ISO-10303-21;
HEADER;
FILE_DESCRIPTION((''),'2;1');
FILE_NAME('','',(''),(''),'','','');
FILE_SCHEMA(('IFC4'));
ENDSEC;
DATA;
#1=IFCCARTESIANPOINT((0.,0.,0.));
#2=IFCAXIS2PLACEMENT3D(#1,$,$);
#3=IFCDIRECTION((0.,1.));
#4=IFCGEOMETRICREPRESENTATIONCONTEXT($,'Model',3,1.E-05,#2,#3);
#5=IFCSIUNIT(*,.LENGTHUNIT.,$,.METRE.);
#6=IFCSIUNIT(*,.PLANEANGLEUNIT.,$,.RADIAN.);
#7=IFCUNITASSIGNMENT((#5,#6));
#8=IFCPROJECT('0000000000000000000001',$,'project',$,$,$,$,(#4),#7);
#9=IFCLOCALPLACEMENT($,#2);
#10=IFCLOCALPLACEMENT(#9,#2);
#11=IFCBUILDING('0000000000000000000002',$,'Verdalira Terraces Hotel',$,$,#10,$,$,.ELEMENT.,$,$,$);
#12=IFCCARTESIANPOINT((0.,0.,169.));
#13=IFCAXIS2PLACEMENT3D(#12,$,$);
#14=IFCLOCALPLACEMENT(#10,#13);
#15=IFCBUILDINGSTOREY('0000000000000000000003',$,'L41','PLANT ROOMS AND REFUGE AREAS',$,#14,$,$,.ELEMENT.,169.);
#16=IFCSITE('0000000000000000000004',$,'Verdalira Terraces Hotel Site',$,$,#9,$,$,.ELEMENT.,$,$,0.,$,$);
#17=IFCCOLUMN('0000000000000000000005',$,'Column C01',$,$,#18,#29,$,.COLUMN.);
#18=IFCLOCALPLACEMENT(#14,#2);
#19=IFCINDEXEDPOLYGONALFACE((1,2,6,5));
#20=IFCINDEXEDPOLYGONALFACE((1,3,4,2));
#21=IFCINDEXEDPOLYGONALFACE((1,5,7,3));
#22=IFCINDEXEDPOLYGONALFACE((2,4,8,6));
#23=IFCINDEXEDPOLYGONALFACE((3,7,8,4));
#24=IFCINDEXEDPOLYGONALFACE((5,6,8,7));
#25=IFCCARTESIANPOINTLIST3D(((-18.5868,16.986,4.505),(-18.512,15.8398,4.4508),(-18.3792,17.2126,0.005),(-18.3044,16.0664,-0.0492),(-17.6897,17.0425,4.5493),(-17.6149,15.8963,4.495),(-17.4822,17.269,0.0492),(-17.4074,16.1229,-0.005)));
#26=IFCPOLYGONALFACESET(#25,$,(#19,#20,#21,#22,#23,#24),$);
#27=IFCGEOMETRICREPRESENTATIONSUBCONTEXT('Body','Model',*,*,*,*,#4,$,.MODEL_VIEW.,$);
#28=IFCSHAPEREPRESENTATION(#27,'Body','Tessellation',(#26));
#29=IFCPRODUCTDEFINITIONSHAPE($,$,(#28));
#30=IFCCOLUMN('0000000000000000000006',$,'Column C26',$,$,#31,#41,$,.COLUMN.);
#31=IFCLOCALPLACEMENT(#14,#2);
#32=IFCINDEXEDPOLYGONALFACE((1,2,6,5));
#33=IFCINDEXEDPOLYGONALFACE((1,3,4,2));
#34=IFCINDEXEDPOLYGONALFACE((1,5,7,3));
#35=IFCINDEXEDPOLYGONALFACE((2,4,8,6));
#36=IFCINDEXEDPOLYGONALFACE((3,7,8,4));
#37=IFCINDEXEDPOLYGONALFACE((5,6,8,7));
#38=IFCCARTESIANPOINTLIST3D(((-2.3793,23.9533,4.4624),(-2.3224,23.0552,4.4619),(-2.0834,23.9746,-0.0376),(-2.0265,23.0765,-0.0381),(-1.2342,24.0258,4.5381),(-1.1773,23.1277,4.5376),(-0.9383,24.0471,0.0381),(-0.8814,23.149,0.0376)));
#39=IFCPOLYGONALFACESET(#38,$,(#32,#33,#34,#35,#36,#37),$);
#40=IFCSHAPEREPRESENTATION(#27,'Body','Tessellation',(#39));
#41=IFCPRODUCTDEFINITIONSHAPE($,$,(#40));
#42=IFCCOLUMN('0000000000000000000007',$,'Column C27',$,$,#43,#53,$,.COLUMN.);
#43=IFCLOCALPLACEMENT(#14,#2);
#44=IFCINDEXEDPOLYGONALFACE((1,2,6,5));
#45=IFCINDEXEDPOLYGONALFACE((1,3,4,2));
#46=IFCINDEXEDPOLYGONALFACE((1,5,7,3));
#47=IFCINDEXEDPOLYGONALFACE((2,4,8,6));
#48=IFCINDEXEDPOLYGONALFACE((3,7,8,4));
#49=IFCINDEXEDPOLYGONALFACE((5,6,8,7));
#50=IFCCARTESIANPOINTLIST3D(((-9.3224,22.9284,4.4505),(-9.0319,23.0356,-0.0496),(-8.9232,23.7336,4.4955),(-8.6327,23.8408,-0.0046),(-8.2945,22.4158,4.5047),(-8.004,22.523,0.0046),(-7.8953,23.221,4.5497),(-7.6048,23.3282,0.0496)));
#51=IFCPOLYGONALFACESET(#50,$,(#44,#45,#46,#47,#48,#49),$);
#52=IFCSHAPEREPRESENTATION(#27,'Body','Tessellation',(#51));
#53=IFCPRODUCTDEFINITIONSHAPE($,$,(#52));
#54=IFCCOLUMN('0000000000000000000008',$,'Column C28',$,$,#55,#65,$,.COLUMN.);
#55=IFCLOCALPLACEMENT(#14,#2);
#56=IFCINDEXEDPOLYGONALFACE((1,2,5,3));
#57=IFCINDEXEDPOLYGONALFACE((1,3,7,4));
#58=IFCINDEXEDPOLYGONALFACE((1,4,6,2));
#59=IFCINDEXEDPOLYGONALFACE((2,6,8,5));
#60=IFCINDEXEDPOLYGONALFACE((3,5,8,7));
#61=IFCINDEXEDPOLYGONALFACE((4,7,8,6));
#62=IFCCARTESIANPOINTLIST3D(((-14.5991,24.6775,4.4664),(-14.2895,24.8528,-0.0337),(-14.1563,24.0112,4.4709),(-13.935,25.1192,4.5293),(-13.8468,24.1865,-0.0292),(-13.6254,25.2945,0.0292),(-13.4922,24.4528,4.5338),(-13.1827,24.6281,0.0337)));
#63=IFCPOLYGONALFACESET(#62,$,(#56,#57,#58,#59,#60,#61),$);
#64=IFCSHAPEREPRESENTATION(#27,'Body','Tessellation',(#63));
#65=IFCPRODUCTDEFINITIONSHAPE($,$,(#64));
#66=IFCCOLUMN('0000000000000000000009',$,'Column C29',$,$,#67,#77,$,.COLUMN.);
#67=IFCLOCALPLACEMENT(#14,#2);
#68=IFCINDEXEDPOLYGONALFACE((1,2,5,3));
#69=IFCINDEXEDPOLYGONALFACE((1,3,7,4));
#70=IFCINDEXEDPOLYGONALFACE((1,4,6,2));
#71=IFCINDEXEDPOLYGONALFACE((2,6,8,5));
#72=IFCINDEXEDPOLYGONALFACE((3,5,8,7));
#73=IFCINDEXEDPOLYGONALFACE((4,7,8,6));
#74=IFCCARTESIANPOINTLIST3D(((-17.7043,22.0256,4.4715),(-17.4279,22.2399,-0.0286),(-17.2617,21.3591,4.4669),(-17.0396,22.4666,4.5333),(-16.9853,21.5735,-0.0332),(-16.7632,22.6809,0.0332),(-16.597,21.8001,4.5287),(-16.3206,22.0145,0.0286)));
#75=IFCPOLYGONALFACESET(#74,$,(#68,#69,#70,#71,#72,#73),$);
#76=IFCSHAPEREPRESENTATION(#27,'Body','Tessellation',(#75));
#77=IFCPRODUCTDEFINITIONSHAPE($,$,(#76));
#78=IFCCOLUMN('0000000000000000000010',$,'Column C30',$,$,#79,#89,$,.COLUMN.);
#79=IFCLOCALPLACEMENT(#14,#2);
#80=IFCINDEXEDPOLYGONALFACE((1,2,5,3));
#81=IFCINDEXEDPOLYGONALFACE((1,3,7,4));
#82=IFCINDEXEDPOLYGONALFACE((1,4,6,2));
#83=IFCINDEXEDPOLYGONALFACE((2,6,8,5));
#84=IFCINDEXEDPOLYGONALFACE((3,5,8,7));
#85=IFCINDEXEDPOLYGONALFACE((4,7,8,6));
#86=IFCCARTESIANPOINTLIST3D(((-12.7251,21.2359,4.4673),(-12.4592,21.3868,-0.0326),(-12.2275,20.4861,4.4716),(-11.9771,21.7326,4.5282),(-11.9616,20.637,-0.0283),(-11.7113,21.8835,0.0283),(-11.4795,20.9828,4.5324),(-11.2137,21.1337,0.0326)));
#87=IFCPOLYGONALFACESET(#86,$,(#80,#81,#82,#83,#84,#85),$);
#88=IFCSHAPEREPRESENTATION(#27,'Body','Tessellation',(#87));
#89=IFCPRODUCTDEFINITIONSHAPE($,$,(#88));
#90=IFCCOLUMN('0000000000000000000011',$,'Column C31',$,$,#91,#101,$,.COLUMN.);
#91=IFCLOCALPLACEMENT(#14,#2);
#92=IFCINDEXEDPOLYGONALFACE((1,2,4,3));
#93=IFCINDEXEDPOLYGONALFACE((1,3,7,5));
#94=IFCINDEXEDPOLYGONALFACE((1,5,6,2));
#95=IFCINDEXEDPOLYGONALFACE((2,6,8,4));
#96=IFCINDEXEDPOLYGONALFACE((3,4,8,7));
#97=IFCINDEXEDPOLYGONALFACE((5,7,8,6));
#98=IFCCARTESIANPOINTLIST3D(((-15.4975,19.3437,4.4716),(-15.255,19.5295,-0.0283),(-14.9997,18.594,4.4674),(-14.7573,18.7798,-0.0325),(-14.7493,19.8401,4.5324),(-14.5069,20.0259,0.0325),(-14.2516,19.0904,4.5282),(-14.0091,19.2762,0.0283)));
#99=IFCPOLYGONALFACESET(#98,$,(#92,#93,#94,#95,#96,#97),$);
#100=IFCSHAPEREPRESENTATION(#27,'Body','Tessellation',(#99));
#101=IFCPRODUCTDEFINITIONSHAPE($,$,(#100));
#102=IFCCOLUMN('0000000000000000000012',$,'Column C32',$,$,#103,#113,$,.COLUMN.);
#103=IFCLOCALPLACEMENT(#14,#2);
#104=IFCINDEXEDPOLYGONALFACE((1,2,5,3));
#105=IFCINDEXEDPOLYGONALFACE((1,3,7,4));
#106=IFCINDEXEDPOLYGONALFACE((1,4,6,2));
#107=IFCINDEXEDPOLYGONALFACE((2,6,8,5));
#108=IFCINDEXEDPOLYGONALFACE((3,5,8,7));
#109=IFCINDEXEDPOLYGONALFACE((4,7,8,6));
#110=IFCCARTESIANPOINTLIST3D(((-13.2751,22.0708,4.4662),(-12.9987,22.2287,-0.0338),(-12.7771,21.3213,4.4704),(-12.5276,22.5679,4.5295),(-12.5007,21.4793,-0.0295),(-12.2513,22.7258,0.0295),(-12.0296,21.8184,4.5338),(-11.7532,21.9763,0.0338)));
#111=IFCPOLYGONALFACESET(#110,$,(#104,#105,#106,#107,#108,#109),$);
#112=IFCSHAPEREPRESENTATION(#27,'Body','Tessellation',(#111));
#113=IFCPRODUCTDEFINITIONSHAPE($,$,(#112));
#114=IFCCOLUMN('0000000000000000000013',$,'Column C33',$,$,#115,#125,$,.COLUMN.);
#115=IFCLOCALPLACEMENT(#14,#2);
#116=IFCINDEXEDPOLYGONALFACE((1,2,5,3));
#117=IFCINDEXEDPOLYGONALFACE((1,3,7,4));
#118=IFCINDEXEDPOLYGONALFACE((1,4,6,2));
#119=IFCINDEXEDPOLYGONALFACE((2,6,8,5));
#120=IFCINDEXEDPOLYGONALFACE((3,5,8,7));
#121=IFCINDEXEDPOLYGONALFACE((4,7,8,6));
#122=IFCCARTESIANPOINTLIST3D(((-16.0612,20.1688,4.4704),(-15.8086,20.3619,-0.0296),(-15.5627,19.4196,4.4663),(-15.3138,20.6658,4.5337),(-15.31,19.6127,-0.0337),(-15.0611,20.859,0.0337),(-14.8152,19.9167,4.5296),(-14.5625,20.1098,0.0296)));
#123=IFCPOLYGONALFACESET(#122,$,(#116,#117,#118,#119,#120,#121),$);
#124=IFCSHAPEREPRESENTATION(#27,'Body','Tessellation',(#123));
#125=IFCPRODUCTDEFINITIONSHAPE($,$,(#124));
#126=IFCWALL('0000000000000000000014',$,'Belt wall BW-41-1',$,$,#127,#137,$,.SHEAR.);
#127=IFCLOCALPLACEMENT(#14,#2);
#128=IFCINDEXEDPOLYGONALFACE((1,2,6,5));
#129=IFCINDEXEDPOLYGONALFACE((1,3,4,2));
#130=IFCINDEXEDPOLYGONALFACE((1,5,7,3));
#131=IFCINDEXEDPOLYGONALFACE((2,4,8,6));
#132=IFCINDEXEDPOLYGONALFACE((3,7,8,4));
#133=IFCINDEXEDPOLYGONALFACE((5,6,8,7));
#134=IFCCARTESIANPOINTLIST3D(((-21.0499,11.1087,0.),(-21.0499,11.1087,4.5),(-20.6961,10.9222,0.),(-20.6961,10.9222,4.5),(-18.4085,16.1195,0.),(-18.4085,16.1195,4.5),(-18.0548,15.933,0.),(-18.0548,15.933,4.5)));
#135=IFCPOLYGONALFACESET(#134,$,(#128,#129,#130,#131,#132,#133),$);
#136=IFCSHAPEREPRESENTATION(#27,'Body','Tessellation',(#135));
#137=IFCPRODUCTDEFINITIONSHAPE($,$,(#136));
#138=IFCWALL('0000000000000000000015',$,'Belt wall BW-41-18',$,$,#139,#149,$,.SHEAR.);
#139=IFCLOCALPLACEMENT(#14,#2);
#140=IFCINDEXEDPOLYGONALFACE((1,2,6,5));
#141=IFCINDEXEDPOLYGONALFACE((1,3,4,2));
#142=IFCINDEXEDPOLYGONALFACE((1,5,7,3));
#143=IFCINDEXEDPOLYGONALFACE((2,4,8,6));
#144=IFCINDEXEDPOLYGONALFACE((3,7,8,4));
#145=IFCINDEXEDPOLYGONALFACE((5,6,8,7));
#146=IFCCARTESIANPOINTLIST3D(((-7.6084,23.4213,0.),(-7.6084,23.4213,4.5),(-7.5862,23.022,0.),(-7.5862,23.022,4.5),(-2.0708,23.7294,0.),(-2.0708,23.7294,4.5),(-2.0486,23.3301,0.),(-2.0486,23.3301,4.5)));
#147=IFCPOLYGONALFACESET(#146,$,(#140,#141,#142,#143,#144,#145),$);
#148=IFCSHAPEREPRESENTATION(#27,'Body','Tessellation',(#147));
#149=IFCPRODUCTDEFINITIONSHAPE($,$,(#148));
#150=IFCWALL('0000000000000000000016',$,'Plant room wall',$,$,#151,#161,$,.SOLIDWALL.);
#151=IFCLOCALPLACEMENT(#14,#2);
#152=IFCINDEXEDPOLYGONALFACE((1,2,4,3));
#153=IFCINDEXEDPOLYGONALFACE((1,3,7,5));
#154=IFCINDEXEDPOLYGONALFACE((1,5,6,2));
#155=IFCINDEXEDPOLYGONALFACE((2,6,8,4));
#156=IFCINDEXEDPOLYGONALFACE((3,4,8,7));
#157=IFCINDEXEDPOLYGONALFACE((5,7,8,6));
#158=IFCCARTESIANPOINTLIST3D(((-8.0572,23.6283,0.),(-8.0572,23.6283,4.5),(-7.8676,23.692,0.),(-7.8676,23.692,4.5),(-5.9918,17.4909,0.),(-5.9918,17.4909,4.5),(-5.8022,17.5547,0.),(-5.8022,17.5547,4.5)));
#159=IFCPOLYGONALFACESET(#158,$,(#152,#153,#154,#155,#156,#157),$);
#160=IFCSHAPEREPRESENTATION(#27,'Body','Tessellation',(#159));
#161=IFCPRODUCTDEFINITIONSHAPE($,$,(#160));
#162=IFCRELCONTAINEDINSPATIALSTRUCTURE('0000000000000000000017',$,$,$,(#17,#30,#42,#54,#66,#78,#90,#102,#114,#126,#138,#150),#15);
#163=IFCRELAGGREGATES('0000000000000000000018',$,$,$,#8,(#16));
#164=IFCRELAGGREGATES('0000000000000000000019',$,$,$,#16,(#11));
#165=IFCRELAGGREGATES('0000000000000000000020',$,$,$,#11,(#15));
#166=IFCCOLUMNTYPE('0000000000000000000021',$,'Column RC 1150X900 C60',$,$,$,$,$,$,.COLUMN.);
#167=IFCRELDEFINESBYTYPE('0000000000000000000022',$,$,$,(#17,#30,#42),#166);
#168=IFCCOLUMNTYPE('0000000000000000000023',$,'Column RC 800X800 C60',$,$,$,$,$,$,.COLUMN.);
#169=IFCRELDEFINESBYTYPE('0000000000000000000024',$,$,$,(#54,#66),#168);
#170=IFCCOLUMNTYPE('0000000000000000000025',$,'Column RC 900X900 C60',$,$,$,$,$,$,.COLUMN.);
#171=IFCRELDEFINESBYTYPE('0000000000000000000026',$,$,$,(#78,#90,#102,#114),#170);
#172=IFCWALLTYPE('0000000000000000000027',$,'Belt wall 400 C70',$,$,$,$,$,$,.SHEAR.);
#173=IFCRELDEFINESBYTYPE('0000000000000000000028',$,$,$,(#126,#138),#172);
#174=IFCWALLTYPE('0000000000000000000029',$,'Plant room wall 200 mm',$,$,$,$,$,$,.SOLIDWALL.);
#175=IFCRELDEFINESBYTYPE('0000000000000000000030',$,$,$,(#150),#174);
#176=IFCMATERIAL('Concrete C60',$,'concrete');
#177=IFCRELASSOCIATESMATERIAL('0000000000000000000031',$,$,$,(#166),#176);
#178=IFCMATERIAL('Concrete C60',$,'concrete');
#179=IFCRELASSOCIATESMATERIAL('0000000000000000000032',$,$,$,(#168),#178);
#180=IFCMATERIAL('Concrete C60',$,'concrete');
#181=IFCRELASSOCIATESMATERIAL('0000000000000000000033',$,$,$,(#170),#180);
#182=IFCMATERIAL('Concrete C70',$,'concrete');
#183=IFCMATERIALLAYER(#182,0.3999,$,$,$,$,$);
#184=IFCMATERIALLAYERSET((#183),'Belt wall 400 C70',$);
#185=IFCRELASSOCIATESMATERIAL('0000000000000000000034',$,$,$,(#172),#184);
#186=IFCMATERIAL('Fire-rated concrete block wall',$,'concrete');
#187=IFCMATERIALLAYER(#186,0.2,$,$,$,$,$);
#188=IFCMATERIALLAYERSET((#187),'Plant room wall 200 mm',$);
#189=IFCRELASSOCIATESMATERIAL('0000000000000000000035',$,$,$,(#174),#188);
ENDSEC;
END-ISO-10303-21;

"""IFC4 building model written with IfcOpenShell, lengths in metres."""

from ifc_helpers import new_model, si_unit, direction, frame, frame_2d, origin, origin_2d, place, context, subcontext, project, spatial, rectangle, extrude, material, layer, layer_set, material_profile, profile_set, type_object, element, save


model = new_model("IFC4")

# Units and contexts
model_context = context("Model", 3, precision=1e-05, world=origin(), true_north=direction((0.0, 1.0)))
body_context = subcontext(model_context, "Body", "Model", "MODEL_VIEW")
ifc_project = project(units=[si_unit("LENGTHUNIT", "METRE"), si_unit("PLANEANGLEUNIT", "RADIAN")], contexts=[model_context])

# Site, building, storey
site_placement = place(None, origin())
site = spatial("IfcSite", under=ifc_project, at=site_placement, Name="Verdalira Terraces Hotel Site", CompositionType="ELEMENT", RefElevation=0.0)
building_placement = place(site_placement, origin())
building = spatial("IfcBuilding", under=site, at=building_placement, Name="Verdalira Terraces Hotel", CompositionType="ELEMENT")
storey_placement = place(building_placement, frame((0.0, 0.0, 169.0)))
storey = spatial("IfcBuildingStorey", under=building, at=storey_placement, Name="L41", Description="PLANT ROOMS AND REFUGE AREAS", CompositionType="ELEMENT", Elevation=169.0)

# Columns
ifc_material_1 = material(Name="Concrete C60", Category="concrete")
ifc_material_profile_1 = material_profile(ifc_material_1, rectangle(XDim=1.1499, YDim=0.8999, at=origin_2d()), Name="RC 1150X900")
ifc_profile_set_1 = profile_set([ifc_material_profile_1], Name="Concrete C60")
column_type_1 = type_object("IfcColumnType", Name="Column RC 1150X900 C60", PredefinedType="COLUMN", material=ifc_profile_set_1)
column_1_placement = place(storey_placement, frame((-17.8933, 16.6677, 0.0), z_axis=(-0.046008, -0.05023, 0.997677), x_axis=(-0.065052, 0.996766, 0.047184)))
element("IfcColumn", 1, at=column_1_placement, inside=storey, type_object=column_type_1, Name="Column C01", PredefinedType="COLUMN", context=body_context, shape_type="SweptSolid", body=[
    extrude(rectangle(XDim=1.1499, YDim=0.8999, at=origin_2d()), origin(), (0.0, 0.0, 1.0), 4.5105),
])
column_2_placement = place(storey_placement, frame((-1.4824, 23.5618, 0.0), z_axis=(-0.065613, -0.00471, 0.997834), x_axis=(-0.995839, -0.063067, -0.065779)))
element("IfcColumn", 2, at=column_2_placement, inside=storey, type_object=column_type_1, Name="Column C26", PredefinedType="COLUMN", context=body_context, shape_type="SweptSolid", body=[
    extrude(rectangle(XDim=1.1499, YDim=0.8999, at=origin_2d()), origin(), (0.0, 0.0, 1.0), 4.5098),
])
column_3_placement = place(storey_placement, frame((-8.3184, 23.1819, 0.0), z_axis=(-0.064409, -0.023761, 0.997641), x_axis=(0.8939, -0.445786, 0.047094)))
element("IfcColumn", 3, at=column_3_placement, inside=storey, type_object=column_type_1, Name="Column C27", PredefinedType="COLUMN", context=body_context, shape_type="SweptSolid", body=[
    extrude(rectangle(XDim=1.1499, YDim=0.8999, at=origin_2d()), origin(), (0.0, 0.0, 1.0), 4.5107),
])
ifc_material_2 = material(Name="Concrete C60", Category="concrete")
ifc_material_profile_2 = material_profile(ifc_material_2, rectangle(XDim=0.8, YDim=0.8, at=origin_2d()), Name="RC 800X800")
ifc_profile_set_2 = profile_set([ifc_material_profile_2], Name="Concrete C60")
column_type_2 = type_object("IfcColumnType", Name="Column RC 800X800 C60", PredefinedType="COLUMN", material=ifc_profile_set_2)
column_4_placement = place(storey_placement, frame((-13.7361, 24.7405, 0.0), z_axis=(-0.068579, -0.038833, 0.99689), x_axis=(-0.83009, -0.552061, -0.07861)))
element("IfcColumn", 4, at=column_4_placement, inside=storey, type_object=column_type_2, Name="Column C28", PredefinedType="COLUMN", context=body_context, shape_type="SweptSolid", body=[
    extrude(rectangle(XDim=0.8, YDim=0.8, at=origin_2d()), origin(), (0.0, 0.0, 1.0), 4.5142),
])
column_5_placement = place(storey_placement, frame((-16.8743, 22.1272, 0.0), z_axis=(-0.06123, -0.047491, 0.996993), x_axis=(-0.830785, -0.551202, -0.077279)))
element("IfcColumn", 5, at=column_5_placement, inside=storey, type_object=column_type_2, Name="Column C29", PredefinedType="COLUMN", context=body_context, shape_type="SweptSolid", body=[
    extrude(rectangle(XDim=0.8, YDim=0.8, at=origin_2d()), origin(), (0.0, 0.0, 1.0), 4.5137),
])
ifc_material_3 = material(Name="Concrete C60", Category="concrete")
ifc_material_profile_3 = material_profile(ifc_material_3, rectangle(XDim=0.8999, YDim=0.8999, at=origin_2d()), Name="RC 900X900")
ifc_profile_set_3 = profile_set([ifc_material_profile_3], Name="Concrete C60")
column_type_3 = type_object("IfcColumnType", Name="Column RC 900X900 C60", PredefinedType="COLUMN", material=ifc_profile_set_3)
for number, where, z_axis, x_axis, name in (
    (6, (-11.8364, 21.2603, 0.0), (-0.058946, -0.033452, 0.997701), (-0.552947, 0.833203, -0.004733), "Column C30"),
    (7, (-14.6321, 19.4028, 0.0), (-0.05375, -0.041192, 0.997704), (-0.55313, 0.833083, 0.004596), "Column C31"),
):
    element("IfcColumn", number, at=place(storey_placement, frame(where, z_axis=z_axis, x_axis=x_axis)), inside=storey, type_object=column_type_3, Name=name, PredefinedType="COLUMN", context=body_context, shape_type="SweptSolid", body=[
        extrude(rectangle(XDim=0.8999, YDim=0.8999, at=origin_2d()), origin(), (0.0, 0.0, 1.0), 4.5103),
    ])
for number, where, z_axis, x_axis, name in (
    (8, (-12.376, 22.1025, 0.0), (-0.061262, -0.035015, 0.997507), (-0.553461, 0.832861, -0.004756), "Column C32"),
    (9, (-15.1855, 20.2358, 0.0), (-0.056013, -0.042808, 0.997512), (-0.553997, 0.832506, 0.004618), "Column C33"),
):
    element("IfcColumn", number, at=place(storey_placement, frame(where, z_axis=z_axis, x_axis=x_axis)), inside=storey, type_object=column_type_3, Name=name, PredefinedType="COLUMN", context=body_context, shape_type="SweptSolid", body=[
        extrude(rectangle(XDim=0.8999, YDim=0.8999, at=origin_2d()), origin(), (0.0, 0.0, 1.0), 4.5112),
    ])

# Walls
ifc_material_4 = material(Name="Concrete C70", Category="concrete")
ifc_layer_1 = layer(ifc_material_4, 0.3999)
ifc_layer_set_1 = layer_set([ifc_layer_1], Name="Belt wall 400 C70")
wall_type_1 = type_object("IfcWallType", Name="Belt wall 400 C70", PredefinedType="SHEAR", material=ifc_layer_set_1)
wall_1_placement = place(storey_placement, frame((-18.2317, 16.0261, 0.0), z_axis=(0.0, 0.0, 1.0), x_axis=(-0.466317, -0.884618, 0.0)))
element("IfcWall", 10, at=wall_1_placement, inside=storey, type_object=wall_type_1, Name="Belt wall BW-41-1", PredefinedType="SHEAR", context=body_context, shape_type="SweptSolid", body=[
    extrude(rectangle(XDim=5.6643, YDim=0.3999, at=frame_2d((2.832, 0.0))), origin(), (0.0, 0.0, 1.0), 4.5),
])
wall_2_placement = place(storey_placement, frame((-2.0598, 23.5298, 0.0), z_axis=(0.0, 0.0, 1.0), x_axis=(-0.998456, -0.055553, 0.0)))
element("IfcWall", 11, at=wall_2_placement, inside=storey, type_object=wall_type_1, Name="Belt wall BW-41-18", PredefinedType="SHEAR", context=body_context, shape_type="SweptSolid", body=[
    extrude(rectangle(XDim=5.5461, YDim=0.3999, at=frame_2d((2.7729, 0.0))), origin(), (0.0, 0.0, 1.0), 4.5),
])
ifc_material_5 = material(Name="Fire-rated concrete block wall", Category="concrete")
ifc_layer_2 = layer(ifc_material_5, 0.2)
ifc_layer_set_2 = layer_set([ifc_layer_2], Name="Plant room wall 200 mm")
wall_type_2 = type_object("IfcWallType", Name="Plant room wall 200 mm", PredefinedType="SOLIDWALL", material=ifc_layer_set_2)
wall_3_placement = place(storey_placement, frame((-7.9624, 23.6602, 0.0), z_axis=(0.0, 0.0, 1.0), x_axis=(0.318952, -0.947771, 0.0)))
element("IfcWall", 12, at=wall_3_placement, inside=storey, type_object=wall_type_2, Name="Plant room wall", PredefinedType="SOLIDWALL", context=body_context, shape_type="SweptSolid", body=[
    extrude(rectangle(XDim=6.4756, YDim=0.2, at=frame_2d((3.2378, 0.0))), origin(), (0.0, 0.0, 1.0), 4.5),
])

save(model, "model.ifc")
